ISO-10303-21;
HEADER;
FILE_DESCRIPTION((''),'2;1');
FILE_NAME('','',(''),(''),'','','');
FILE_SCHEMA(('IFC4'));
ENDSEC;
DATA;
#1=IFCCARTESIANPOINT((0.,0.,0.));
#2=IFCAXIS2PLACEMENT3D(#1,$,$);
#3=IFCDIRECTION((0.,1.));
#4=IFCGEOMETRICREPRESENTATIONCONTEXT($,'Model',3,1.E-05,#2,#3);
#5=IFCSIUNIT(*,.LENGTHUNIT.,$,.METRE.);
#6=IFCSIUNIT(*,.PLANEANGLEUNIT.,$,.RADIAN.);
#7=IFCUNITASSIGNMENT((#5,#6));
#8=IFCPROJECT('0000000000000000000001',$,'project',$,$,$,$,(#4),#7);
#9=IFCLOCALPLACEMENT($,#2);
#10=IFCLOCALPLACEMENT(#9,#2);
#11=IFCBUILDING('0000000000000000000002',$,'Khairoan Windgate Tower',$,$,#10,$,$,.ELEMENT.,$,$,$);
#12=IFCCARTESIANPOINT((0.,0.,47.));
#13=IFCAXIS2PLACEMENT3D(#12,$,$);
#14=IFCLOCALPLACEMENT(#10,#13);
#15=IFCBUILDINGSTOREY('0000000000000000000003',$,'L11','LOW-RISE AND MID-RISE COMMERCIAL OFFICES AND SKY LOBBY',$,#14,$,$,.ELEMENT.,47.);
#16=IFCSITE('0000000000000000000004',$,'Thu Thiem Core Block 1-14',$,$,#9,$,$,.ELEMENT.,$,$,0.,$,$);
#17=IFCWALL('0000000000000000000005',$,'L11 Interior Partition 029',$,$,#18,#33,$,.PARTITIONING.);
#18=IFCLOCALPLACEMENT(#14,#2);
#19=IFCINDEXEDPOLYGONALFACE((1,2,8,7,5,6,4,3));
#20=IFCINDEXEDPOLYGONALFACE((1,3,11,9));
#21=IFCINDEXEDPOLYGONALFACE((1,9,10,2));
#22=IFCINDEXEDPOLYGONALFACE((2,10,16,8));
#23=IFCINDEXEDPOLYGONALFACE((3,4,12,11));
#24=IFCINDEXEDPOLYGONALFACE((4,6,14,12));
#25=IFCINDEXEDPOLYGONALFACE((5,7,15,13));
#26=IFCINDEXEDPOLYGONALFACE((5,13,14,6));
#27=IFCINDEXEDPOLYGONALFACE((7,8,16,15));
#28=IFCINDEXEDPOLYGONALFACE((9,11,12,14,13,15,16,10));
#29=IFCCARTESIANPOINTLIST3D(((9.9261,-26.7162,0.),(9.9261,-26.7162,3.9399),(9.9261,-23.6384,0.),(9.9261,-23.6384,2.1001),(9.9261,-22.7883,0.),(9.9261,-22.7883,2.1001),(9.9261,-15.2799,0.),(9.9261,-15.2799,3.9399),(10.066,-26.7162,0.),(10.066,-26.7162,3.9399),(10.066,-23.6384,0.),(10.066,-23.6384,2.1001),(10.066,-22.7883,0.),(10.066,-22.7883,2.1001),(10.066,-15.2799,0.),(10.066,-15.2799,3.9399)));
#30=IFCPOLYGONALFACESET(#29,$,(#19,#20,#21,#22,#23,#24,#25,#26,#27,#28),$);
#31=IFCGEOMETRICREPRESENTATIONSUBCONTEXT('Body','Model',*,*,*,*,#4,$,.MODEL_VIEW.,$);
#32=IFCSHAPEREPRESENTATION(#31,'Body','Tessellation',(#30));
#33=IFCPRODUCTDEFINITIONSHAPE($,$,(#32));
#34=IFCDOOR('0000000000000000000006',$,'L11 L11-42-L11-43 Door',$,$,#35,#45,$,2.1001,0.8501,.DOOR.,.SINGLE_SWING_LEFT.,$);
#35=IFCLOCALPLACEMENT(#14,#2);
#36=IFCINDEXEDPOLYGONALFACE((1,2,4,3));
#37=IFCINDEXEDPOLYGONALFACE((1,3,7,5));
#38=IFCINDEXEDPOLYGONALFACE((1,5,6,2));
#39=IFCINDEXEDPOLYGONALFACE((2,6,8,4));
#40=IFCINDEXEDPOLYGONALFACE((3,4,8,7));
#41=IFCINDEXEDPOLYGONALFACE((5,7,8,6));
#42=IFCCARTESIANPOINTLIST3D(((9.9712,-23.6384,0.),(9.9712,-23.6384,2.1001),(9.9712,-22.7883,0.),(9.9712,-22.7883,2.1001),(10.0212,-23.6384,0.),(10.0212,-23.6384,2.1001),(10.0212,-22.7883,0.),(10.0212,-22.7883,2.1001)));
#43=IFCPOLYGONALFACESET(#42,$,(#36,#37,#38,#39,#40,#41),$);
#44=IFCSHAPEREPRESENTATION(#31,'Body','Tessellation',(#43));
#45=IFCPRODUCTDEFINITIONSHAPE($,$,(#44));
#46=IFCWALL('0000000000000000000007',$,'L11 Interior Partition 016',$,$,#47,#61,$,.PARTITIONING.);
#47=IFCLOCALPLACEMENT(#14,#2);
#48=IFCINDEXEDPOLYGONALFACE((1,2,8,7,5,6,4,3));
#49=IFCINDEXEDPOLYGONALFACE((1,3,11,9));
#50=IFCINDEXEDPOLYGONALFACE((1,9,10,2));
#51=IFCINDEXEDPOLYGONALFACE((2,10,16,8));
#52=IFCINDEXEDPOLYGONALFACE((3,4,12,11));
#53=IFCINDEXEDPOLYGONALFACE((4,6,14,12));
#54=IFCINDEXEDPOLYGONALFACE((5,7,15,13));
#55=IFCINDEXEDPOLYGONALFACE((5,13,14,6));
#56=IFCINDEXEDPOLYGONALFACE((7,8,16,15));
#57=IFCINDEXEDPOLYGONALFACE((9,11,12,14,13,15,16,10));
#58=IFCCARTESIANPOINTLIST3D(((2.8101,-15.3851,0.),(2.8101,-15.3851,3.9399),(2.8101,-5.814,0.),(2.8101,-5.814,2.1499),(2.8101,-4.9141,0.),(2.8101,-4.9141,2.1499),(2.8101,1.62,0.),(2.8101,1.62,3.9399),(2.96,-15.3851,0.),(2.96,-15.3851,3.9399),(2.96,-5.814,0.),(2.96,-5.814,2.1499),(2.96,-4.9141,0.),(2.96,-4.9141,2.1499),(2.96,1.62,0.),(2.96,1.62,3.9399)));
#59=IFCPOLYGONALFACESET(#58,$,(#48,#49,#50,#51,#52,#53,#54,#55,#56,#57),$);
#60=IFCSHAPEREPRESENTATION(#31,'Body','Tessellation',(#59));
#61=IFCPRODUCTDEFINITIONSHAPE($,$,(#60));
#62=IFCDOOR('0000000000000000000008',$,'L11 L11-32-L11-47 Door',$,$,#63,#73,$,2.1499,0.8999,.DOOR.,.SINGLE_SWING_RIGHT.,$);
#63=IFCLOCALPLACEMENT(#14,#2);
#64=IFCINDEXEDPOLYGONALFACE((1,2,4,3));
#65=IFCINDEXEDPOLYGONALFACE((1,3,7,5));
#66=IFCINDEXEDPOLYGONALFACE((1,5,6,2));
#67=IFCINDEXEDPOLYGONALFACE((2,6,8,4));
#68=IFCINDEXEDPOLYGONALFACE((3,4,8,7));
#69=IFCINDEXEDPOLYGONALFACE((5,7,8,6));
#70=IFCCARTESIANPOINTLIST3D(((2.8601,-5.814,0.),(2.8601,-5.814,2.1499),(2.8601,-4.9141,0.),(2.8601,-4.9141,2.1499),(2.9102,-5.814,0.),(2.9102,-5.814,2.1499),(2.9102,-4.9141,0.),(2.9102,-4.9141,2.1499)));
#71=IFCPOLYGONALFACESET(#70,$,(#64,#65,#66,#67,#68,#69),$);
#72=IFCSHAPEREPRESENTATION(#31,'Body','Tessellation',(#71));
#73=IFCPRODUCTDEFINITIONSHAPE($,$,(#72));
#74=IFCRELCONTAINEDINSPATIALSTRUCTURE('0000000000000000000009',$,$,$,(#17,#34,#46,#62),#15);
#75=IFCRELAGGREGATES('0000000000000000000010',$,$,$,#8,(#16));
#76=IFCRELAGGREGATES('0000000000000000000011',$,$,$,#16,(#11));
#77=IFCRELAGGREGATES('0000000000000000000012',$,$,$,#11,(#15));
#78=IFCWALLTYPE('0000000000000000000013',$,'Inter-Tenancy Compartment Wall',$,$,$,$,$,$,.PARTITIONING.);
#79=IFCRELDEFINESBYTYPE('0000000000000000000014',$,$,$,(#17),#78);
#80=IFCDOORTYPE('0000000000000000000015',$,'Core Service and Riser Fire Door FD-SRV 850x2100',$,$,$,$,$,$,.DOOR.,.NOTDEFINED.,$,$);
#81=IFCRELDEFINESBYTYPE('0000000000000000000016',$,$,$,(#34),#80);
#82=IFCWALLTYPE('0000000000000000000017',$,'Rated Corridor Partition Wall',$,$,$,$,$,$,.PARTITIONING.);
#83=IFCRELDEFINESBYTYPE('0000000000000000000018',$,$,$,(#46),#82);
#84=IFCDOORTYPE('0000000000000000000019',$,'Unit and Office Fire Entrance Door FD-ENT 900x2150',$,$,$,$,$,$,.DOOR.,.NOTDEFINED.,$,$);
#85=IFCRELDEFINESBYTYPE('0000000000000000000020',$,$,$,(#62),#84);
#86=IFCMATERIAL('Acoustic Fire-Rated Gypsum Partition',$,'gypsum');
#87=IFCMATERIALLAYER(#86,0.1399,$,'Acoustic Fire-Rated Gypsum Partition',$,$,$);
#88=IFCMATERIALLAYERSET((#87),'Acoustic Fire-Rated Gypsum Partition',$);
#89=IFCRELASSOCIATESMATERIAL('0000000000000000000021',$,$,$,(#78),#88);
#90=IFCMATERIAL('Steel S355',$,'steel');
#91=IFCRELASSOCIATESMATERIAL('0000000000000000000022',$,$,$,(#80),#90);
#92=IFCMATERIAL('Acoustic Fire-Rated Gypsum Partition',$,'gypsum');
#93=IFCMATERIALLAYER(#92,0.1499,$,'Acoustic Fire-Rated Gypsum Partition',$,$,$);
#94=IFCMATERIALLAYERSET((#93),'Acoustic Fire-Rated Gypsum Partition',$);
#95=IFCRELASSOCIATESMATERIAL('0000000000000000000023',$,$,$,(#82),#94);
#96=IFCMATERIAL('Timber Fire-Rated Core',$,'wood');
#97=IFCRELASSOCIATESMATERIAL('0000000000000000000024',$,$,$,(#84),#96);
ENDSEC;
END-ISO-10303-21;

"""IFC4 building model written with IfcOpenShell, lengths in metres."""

from ifc_helpers import new_model, si_unit, direction, frame, frame_2d, origin, place, context, subcontext, project, spatial, rectangle, extrude, material, layer, layer_set, type_object, element, fill, save


model = new_model("IFC4")

# Units and contexts
model_context = context("Model", 3, precision=1e-05, world=origin(), true_north=direction((0.0, 1.0)))
body_context = subcontext(model_context, "Body", "Model", "MODEL_VIEW")
ifc_project = project(units=[si_unit("LENGTHUNIT", "METRE"), si_unit("PLANEANGLEUNIT", "RADIAN")], contexts=[model_context])

# Site, building, storey
site_placement = place(None, origin())
site = spatial("IfcSite", under=ifc_project, at=site_placement, Name="Thu Thiem Core Block 1-14", CompositionType="ELEMENT", RefElevation=0.0)
building_placement = place(site_placement, origin())
building = spatial("IfcBuilding", under=site, at=building_placement, Name="Khairoan Windgate Tower", CompositionType="ELEMENT")
storey_placement = place(building_placement, frame((0.0, 0.0, 47.0)))
storey = spatial("IfcBuildingStorey", under=building, at=storey_placement, Name="L11", Description="LOW-RISE AND MID-RISE COMMERCIAL OFFICES AND SKY LOBBY", CompositionType="ELEMENT", Elevation=47.0)

# Walls, openings, doors
ifc_material_1 = material(Name="Acoustic Fire-Rated Gypsum Partition", Category="gypsum")
ifc_layer_1 = layer(ifc_material_1, 0.1399, Name="Acoustic Fire-Rated Gypsum Partition")
ifc_layer_set_1 = layer_set([ifc_layer_1], Name="Acoustic Fire-Rated Gypsum Partition")
wall_type_1 = type_object("IfcWallType", Name="Inter-Tenancy Compartment Wall", PredefinedType="PARTITIONING", material=ifc_layer_set_1)
wall_1_placement = place(storey_placement, frame((9.9961, -26.7163, 0.0), z_axis=(0.0, 0.0, 1.0), x_axis=(0.0, 1.0, 0.0)))
wall_1 = element("IfcWall", 1, at=wall_1_placement, inside=storey, type_object=wall_type_1, Name="L11 Interior Partition 029", PredefinedType="PARTITIONING", context=body_context, shape_type="SweptSolid", body=[
    extrude(rectangle(XDim=11.4363, YDim=0.1399, at=frame_2d((5.7183, 0.0))), origin(), (0.0, 0.0, 1.0), 3.9399),
])
opening_1_placement = place(wall_1_placement, frame((3.0779, 0.0, 0.0)))
opening_1 = element("IfcOpeningElement", 2, at=opening_1_placement, cuts=wall_1, PredefinedType="OPENING", context=body_context, shape_type="SweptSolid", body=[
    extrude(rectangle(XDim=0.8501, YDim=2.1001, at=frame_2d((0.425, 1.05))), frame((0.0, 0.0798, 0.0), z_axis=(0.0, -1.0, 0.0), x_axis=(1.0, 0.0, 0.0)), (0.0, 0.0, 1.0), 0.1599),
])
ifc_material_2 = material(Name="Steel S355", Category="steel")
door_type_1 = type_object("IfcDoorType", Name="Core Service and Riser Fire Door FD-SRV 850x2100", OperationType="NOTDEFINED", PredefinedType="DOOR", material=ifc_material_2)
door_1_placement = place(opening_1_placement, origin())
door_1 = element("IfcDoor", 3, at=door_1_placement, inside=storey, type_object=door_type_1, Name="L11 L11-42-L11-43 Door", OperationType="SINGLE_SWING_LEFT", OverallHeight=2.1001, OverallWidth=0.8501, PredefinedType="DOOR", context=body_context, shape_type="SweptSolid", body=[
    extrude(rectangle(XDim=0.8501, YDim=2.1001, at=frame_2d((0.425, 1.05))), frame((0.0, 0.0249, 0.0), z_axis=(0.0, -1.0, 0.0), x_axis=(1.0, 0.0, 0.0)), (0.0, 0.0, 1.0), 0.05),
])
fill(opening_1, door_1)
ifc_material_3 = material(Name="Acoustic Fire-Rated Gypsum Partition", Category="gypsum")
ifc_layer_2 = layer(ifc_material_3, 0.1499, Name="Acoustic Fire-Rated Gypsum Partition")
ifc_layer_set_2 = layer_set([ifc_layer_2], Name="Acoustic Fire-Rated Gypsum Partition")
wall_type_2 = type_object("IfcWallType", Name="Rated Corridor Partition Wall", PredefinedType="PARTITIONING", material=ifc_layer_set_2)
ifc_material_4 = material(Name="Timber Fire-Rated Core", Category="wood")
door_type_2 = type_object("IfcDoorType", Name="Unit and Office Fire Entrance Door FD-ENT 900x2150", OperationType="NOTDEFINED", PredefinedType="DOOR", material=ifc_material_4)
wall_2_placement = place(storey_placement, frame((2.885, -15.385, 0.0), z_axis=(0.0, 0.0, 1.0), x_axis=(0.0, 1.0, 0.0)))
wall_2 = element("IfcWall", 4, at=wall_2_placement, inside=storey, type_object=wall_type_2, Name="L11 Interior Partition 016", PredefinedType="PARTITIONING", context=body_context, shape_type="SweptSolid", body=[
    extrude(rectangle(XDim=17.0051, YDim=0.1499, at=frame_2d((8.5024, 0.0))), origin(), (0.0, 0.0, 1.0), 3.9399),
])
opening_2_placement = place(wall_2_placement, frame((9.571, 0.0, 0.0)))
opening_2 = element("IfcOpeningElement", 5, at=opening_2_placement, cuts=wall_2, PredefinedType="OPENING", context=body_context, shape_type="SweptSolid", body=[
    extrude(rectangle(XDim=0.8999, YDim=2.1499, at=frame_2d((0.45, 1.075))), frame((0.0, 0.085, 0.0), z_axis=(0.0, -1.0, 0.0), x_axis=(1.0, 0.0, 0.0)), (0.0, 0.0, 1.0), 0.1699),
])
door_2_placement = place(opening_2_placement, origin())
door_2 = element("IfcDoor", 6, at=door_2_placement, inside=storey, type_object=door_type_2, Name="L11 L11-32-L11-47 Door", OperationType="SINGLE_SWING_RIGHT", OverallHeight=2.1499, OverallWidth=0.8999, PredefinedType="DOOR", context=body_context, shape_type="SweptSolid", body=[
    extrude(rectangle(XDim=0.8999, YDim=2.1499, at=frame_2d((0.45, 1.075))), frame((0.0, 0.0249, 0.0), z_axis=(0.0, -1.0, 0.0), x_axis=(1.0, 0.0, 0.0)), (0.0, 0.0, 1.0), 0.05),
])
fill(opening_2, door_2)

save(model, "model.ifc")
